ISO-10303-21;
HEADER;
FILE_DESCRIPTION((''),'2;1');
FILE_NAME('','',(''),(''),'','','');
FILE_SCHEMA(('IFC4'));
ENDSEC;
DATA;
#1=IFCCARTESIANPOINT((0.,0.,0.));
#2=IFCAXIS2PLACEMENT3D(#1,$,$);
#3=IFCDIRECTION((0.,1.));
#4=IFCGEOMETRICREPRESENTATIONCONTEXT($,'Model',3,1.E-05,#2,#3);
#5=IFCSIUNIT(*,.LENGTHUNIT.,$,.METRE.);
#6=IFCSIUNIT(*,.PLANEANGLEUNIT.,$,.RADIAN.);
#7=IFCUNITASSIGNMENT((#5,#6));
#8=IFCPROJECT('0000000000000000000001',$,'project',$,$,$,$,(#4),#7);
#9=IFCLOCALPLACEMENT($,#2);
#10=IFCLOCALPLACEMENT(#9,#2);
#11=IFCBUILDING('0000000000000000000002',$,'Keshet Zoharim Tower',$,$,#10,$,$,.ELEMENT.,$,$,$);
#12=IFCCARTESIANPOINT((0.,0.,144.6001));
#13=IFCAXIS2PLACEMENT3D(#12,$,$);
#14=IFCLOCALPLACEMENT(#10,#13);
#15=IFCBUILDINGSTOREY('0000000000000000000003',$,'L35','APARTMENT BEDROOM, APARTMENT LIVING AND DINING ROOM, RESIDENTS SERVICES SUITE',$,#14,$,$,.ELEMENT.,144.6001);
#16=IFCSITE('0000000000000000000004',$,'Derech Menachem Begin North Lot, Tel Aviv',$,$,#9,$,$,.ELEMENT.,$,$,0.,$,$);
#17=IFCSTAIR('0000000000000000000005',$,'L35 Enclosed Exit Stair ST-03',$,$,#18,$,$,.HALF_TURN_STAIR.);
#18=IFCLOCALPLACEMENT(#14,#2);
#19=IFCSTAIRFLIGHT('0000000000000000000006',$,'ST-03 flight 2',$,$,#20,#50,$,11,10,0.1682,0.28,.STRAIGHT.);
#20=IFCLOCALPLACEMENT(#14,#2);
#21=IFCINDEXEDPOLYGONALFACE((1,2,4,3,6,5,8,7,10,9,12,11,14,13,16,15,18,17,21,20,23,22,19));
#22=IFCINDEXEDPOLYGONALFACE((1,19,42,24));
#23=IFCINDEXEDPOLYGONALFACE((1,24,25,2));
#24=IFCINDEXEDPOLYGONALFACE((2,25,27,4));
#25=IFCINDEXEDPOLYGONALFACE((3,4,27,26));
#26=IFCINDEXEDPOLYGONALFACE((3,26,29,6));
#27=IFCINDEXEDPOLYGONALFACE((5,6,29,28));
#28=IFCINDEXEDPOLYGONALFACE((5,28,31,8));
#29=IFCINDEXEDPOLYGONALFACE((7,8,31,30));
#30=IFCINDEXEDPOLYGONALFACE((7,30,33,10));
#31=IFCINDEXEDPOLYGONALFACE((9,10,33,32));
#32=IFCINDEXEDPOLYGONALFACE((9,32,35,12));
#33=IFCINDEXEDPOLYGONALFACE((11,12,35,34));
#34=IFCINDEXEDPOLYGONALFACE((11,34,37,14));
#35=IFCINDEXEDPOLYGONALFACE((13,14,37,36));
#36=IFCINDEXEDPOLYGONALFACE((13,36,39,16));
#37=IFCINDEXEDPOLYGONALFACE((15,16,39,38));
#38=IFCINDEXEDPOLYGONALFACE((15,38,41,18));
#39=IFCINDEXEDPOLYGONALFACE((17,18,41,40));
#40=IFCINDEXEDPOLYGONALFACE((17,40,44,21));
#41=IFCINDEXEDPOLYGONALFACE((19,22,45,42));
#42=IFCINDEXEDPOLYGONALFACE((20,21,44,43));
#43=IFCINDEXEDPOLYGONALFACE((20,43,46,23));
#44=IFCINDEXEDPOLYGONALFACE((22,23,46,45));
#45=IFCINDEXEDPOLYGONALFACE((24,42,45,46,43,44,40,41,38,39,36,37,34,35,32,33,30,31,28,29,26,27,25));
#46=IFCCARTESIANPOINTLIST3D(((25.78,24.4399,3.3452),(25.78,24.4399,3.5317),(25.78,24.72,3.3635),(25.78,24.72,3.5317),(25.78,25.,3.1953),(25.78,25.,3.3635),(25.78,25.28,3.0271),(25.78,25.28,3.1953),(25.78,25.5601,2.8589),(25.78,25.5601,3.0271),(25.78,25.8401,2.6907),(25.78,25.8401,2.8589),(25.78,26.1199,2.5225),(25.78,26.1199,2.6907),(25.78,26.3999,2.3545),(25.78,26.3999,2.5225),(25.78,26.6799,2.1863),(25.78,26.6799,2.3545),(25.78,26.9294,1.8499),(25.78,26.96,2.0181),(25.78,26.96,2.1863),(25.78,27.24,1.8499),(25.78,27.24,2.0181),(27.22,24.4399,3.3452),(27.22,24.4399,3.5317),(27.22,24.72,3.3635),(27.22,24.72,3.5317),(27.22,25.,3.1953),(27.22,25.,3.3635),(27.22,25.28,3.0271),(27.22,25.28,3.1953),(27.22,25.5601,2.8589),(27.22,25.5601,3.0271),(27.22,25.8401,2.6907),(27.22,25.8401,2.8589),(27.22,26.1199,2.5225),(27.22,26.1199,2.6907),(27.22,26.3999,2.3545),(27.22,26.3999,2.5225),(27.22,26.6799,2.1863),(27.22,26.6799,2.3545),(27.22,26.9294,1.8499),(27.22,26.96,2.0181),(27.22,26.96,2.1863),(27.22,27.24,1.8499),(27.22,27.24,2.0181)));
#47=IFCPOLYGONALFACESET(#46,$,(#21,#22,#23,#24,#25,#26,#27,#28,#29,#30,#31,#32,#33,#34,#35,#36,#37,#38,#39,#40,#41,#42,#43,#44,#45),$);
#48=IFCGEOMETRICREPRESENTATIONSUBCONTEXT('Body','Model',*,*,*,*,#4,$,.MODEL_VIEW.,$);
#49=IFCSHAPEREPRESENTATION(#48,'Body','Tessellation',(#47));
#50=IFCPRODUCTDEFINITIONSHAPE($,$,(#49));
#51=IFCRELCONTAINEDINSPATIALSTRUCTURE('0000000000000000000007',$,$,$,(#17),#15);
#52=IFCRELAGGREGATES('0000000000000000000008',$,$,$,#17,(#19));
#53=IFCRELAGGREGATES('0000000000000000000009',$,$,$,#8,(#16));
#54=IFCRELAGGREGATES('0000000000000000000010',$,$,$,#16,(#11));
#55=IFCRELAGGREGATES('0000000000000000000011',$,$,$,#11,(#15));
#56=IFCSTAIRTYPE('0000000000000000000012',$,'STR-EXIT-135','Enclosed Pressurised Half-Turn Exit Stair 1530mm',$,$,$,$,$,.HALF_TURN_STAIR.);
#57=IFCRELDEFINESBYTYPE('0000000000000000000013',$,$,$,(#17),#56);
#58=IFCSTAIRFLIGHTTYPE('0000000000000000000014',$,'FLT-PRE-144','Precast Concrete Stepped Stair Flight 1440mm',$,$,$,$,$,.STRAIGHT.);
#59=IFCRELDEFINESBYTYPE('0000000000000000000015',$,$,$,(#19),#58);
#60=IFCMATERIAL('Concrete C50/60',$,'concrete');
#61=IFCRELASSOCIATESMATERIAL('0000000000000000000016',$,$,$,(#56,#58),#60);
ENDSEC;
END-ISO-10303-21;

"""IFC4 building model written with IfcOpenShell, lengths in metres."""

from ifc_helpers import new_model, si_unit, direction, frame, origin, place, context, subcontext, project, spatial, polyline, outline, extrude, material, type_object, element, aggregate, save


model = new_model("IFC4")

# Units and contexts
model_context = context("Model", 3, precision=1e-05, world=origin(), true_north=direction((0.0, 1.0)))
body_context = subcontext(model_context, "Body", "Model", "MODEL_VIEW")
ifc_project = project(units=[si_unit("LENGTHUNIT", "METRE"), si_unit("PLANEANGLEUNIT", "RADIAN")], contexts=[model_context])

# Site, building, storey
site_placement = place(None, origin())
site = spatial("IfcSite", under=ifc_project, at=site_placement, Name="Derech Menachem Begin North Lot, Tel Aviv", CompositionType="ELEMENT", RefElevation=0.0)
building_placement = place(site_placement, origin())
building = spatial("IfcBuilding", under=site, at=building_placement, Name="Keshet Zoharim Tower", CompositionType="ELEMENT")
storey_placement = place(building_placement, frame((0.0, 0.0, 144.6001)))
storey = spatial("IfcBuildingStorey", under=building, at=storey_placement, Name="L35", Description="APARTMENT BEDROOM, APARTMENT LIVING AND DINING ROOM, RESIDENTS SERVICES SUITE", CompositionType="ELEMENT", Elevation=144.6001)

# Shared definitions
ifc_material_1 = material(Name="Concrete C50/60", Category="concrete")

# Stair, stair flight
stair_type = type_object("IfcStairType", Name="STR-EXIT-135", Description="Enclosed Pressurised Half-Turn Exit Stair 1530mm", PredefinedType="HALF_TURN_STAIR", material=ifc_material_1)
stair_placement = place(storey_placement, origin())
stair = element("IfcStair", 1, at=stair_placement, inside=storey, type_object=stair_type, Name="L35 Enclosed Exit Stair ST-03", PredefinedType="HALF_TURN_STAIR")
stair_flight_type = type_object("IfcStairFlightType", Name="FLT-PRE-144", Description="Precast Concrete Stepped Stair Flight 1440mm", PredefinedType="STRAIGHT", material=ifc_material_1)
stair_flight_placement = place(storey_placement, frame((26.5, 27.24, 1.8499), z_axis=(0.0, 0.0, 1.0), x_axis=(0.0, -1.0, 0.0)))
stair_flight = element("IfcStairFlight", 2, at=stair_flight_placement, type_object=stair_flight_type, Name="ST-03 flight 2", NumberOfRisers=11, NumberOfTreads=10, PredefinedType="STRAIGHT", RiserHeight=0.1682, TreadLength=0.28, context=body_context, shape_type="SweptSolid", body=[
    extrude(outline(polyline([(0.0, 0.0), (0.0, 0.1682), (0.28, 0.1682), (0.28, 0.3364), (0.5601, 0.3364), (0.5601, 0.5046), (0.8401, 0.5046), (0.8401, 0.6726), (1.1201, 0.6726), (1.1201, 0.8408), (1.3999, 0.8408), (1.3999, 1.009), (1.6799, 1.009), (1.6799, 1.1772), (1.96, 1.1772), (1.96, 1.3455), (2.24, 1.3455), (2.24, 1.5137), (2.52, 1.5137), (2.52, 1.6819), (2.8, 1.6819), (2.8, 1.8501), (2.8, 1.4954), (0.3105, 0.0), (0.0, 0.0)])), frame((0.0, 0.72, 0.0), z_axis=(0.0, -1.0, 0.0), x_axis=(1.0, 0.0, 0.0)), (0.0, 0.0, 1.0), 1.4399),
])
aggregate(stair, [stair_flight])

save(model, "model.ifc")
